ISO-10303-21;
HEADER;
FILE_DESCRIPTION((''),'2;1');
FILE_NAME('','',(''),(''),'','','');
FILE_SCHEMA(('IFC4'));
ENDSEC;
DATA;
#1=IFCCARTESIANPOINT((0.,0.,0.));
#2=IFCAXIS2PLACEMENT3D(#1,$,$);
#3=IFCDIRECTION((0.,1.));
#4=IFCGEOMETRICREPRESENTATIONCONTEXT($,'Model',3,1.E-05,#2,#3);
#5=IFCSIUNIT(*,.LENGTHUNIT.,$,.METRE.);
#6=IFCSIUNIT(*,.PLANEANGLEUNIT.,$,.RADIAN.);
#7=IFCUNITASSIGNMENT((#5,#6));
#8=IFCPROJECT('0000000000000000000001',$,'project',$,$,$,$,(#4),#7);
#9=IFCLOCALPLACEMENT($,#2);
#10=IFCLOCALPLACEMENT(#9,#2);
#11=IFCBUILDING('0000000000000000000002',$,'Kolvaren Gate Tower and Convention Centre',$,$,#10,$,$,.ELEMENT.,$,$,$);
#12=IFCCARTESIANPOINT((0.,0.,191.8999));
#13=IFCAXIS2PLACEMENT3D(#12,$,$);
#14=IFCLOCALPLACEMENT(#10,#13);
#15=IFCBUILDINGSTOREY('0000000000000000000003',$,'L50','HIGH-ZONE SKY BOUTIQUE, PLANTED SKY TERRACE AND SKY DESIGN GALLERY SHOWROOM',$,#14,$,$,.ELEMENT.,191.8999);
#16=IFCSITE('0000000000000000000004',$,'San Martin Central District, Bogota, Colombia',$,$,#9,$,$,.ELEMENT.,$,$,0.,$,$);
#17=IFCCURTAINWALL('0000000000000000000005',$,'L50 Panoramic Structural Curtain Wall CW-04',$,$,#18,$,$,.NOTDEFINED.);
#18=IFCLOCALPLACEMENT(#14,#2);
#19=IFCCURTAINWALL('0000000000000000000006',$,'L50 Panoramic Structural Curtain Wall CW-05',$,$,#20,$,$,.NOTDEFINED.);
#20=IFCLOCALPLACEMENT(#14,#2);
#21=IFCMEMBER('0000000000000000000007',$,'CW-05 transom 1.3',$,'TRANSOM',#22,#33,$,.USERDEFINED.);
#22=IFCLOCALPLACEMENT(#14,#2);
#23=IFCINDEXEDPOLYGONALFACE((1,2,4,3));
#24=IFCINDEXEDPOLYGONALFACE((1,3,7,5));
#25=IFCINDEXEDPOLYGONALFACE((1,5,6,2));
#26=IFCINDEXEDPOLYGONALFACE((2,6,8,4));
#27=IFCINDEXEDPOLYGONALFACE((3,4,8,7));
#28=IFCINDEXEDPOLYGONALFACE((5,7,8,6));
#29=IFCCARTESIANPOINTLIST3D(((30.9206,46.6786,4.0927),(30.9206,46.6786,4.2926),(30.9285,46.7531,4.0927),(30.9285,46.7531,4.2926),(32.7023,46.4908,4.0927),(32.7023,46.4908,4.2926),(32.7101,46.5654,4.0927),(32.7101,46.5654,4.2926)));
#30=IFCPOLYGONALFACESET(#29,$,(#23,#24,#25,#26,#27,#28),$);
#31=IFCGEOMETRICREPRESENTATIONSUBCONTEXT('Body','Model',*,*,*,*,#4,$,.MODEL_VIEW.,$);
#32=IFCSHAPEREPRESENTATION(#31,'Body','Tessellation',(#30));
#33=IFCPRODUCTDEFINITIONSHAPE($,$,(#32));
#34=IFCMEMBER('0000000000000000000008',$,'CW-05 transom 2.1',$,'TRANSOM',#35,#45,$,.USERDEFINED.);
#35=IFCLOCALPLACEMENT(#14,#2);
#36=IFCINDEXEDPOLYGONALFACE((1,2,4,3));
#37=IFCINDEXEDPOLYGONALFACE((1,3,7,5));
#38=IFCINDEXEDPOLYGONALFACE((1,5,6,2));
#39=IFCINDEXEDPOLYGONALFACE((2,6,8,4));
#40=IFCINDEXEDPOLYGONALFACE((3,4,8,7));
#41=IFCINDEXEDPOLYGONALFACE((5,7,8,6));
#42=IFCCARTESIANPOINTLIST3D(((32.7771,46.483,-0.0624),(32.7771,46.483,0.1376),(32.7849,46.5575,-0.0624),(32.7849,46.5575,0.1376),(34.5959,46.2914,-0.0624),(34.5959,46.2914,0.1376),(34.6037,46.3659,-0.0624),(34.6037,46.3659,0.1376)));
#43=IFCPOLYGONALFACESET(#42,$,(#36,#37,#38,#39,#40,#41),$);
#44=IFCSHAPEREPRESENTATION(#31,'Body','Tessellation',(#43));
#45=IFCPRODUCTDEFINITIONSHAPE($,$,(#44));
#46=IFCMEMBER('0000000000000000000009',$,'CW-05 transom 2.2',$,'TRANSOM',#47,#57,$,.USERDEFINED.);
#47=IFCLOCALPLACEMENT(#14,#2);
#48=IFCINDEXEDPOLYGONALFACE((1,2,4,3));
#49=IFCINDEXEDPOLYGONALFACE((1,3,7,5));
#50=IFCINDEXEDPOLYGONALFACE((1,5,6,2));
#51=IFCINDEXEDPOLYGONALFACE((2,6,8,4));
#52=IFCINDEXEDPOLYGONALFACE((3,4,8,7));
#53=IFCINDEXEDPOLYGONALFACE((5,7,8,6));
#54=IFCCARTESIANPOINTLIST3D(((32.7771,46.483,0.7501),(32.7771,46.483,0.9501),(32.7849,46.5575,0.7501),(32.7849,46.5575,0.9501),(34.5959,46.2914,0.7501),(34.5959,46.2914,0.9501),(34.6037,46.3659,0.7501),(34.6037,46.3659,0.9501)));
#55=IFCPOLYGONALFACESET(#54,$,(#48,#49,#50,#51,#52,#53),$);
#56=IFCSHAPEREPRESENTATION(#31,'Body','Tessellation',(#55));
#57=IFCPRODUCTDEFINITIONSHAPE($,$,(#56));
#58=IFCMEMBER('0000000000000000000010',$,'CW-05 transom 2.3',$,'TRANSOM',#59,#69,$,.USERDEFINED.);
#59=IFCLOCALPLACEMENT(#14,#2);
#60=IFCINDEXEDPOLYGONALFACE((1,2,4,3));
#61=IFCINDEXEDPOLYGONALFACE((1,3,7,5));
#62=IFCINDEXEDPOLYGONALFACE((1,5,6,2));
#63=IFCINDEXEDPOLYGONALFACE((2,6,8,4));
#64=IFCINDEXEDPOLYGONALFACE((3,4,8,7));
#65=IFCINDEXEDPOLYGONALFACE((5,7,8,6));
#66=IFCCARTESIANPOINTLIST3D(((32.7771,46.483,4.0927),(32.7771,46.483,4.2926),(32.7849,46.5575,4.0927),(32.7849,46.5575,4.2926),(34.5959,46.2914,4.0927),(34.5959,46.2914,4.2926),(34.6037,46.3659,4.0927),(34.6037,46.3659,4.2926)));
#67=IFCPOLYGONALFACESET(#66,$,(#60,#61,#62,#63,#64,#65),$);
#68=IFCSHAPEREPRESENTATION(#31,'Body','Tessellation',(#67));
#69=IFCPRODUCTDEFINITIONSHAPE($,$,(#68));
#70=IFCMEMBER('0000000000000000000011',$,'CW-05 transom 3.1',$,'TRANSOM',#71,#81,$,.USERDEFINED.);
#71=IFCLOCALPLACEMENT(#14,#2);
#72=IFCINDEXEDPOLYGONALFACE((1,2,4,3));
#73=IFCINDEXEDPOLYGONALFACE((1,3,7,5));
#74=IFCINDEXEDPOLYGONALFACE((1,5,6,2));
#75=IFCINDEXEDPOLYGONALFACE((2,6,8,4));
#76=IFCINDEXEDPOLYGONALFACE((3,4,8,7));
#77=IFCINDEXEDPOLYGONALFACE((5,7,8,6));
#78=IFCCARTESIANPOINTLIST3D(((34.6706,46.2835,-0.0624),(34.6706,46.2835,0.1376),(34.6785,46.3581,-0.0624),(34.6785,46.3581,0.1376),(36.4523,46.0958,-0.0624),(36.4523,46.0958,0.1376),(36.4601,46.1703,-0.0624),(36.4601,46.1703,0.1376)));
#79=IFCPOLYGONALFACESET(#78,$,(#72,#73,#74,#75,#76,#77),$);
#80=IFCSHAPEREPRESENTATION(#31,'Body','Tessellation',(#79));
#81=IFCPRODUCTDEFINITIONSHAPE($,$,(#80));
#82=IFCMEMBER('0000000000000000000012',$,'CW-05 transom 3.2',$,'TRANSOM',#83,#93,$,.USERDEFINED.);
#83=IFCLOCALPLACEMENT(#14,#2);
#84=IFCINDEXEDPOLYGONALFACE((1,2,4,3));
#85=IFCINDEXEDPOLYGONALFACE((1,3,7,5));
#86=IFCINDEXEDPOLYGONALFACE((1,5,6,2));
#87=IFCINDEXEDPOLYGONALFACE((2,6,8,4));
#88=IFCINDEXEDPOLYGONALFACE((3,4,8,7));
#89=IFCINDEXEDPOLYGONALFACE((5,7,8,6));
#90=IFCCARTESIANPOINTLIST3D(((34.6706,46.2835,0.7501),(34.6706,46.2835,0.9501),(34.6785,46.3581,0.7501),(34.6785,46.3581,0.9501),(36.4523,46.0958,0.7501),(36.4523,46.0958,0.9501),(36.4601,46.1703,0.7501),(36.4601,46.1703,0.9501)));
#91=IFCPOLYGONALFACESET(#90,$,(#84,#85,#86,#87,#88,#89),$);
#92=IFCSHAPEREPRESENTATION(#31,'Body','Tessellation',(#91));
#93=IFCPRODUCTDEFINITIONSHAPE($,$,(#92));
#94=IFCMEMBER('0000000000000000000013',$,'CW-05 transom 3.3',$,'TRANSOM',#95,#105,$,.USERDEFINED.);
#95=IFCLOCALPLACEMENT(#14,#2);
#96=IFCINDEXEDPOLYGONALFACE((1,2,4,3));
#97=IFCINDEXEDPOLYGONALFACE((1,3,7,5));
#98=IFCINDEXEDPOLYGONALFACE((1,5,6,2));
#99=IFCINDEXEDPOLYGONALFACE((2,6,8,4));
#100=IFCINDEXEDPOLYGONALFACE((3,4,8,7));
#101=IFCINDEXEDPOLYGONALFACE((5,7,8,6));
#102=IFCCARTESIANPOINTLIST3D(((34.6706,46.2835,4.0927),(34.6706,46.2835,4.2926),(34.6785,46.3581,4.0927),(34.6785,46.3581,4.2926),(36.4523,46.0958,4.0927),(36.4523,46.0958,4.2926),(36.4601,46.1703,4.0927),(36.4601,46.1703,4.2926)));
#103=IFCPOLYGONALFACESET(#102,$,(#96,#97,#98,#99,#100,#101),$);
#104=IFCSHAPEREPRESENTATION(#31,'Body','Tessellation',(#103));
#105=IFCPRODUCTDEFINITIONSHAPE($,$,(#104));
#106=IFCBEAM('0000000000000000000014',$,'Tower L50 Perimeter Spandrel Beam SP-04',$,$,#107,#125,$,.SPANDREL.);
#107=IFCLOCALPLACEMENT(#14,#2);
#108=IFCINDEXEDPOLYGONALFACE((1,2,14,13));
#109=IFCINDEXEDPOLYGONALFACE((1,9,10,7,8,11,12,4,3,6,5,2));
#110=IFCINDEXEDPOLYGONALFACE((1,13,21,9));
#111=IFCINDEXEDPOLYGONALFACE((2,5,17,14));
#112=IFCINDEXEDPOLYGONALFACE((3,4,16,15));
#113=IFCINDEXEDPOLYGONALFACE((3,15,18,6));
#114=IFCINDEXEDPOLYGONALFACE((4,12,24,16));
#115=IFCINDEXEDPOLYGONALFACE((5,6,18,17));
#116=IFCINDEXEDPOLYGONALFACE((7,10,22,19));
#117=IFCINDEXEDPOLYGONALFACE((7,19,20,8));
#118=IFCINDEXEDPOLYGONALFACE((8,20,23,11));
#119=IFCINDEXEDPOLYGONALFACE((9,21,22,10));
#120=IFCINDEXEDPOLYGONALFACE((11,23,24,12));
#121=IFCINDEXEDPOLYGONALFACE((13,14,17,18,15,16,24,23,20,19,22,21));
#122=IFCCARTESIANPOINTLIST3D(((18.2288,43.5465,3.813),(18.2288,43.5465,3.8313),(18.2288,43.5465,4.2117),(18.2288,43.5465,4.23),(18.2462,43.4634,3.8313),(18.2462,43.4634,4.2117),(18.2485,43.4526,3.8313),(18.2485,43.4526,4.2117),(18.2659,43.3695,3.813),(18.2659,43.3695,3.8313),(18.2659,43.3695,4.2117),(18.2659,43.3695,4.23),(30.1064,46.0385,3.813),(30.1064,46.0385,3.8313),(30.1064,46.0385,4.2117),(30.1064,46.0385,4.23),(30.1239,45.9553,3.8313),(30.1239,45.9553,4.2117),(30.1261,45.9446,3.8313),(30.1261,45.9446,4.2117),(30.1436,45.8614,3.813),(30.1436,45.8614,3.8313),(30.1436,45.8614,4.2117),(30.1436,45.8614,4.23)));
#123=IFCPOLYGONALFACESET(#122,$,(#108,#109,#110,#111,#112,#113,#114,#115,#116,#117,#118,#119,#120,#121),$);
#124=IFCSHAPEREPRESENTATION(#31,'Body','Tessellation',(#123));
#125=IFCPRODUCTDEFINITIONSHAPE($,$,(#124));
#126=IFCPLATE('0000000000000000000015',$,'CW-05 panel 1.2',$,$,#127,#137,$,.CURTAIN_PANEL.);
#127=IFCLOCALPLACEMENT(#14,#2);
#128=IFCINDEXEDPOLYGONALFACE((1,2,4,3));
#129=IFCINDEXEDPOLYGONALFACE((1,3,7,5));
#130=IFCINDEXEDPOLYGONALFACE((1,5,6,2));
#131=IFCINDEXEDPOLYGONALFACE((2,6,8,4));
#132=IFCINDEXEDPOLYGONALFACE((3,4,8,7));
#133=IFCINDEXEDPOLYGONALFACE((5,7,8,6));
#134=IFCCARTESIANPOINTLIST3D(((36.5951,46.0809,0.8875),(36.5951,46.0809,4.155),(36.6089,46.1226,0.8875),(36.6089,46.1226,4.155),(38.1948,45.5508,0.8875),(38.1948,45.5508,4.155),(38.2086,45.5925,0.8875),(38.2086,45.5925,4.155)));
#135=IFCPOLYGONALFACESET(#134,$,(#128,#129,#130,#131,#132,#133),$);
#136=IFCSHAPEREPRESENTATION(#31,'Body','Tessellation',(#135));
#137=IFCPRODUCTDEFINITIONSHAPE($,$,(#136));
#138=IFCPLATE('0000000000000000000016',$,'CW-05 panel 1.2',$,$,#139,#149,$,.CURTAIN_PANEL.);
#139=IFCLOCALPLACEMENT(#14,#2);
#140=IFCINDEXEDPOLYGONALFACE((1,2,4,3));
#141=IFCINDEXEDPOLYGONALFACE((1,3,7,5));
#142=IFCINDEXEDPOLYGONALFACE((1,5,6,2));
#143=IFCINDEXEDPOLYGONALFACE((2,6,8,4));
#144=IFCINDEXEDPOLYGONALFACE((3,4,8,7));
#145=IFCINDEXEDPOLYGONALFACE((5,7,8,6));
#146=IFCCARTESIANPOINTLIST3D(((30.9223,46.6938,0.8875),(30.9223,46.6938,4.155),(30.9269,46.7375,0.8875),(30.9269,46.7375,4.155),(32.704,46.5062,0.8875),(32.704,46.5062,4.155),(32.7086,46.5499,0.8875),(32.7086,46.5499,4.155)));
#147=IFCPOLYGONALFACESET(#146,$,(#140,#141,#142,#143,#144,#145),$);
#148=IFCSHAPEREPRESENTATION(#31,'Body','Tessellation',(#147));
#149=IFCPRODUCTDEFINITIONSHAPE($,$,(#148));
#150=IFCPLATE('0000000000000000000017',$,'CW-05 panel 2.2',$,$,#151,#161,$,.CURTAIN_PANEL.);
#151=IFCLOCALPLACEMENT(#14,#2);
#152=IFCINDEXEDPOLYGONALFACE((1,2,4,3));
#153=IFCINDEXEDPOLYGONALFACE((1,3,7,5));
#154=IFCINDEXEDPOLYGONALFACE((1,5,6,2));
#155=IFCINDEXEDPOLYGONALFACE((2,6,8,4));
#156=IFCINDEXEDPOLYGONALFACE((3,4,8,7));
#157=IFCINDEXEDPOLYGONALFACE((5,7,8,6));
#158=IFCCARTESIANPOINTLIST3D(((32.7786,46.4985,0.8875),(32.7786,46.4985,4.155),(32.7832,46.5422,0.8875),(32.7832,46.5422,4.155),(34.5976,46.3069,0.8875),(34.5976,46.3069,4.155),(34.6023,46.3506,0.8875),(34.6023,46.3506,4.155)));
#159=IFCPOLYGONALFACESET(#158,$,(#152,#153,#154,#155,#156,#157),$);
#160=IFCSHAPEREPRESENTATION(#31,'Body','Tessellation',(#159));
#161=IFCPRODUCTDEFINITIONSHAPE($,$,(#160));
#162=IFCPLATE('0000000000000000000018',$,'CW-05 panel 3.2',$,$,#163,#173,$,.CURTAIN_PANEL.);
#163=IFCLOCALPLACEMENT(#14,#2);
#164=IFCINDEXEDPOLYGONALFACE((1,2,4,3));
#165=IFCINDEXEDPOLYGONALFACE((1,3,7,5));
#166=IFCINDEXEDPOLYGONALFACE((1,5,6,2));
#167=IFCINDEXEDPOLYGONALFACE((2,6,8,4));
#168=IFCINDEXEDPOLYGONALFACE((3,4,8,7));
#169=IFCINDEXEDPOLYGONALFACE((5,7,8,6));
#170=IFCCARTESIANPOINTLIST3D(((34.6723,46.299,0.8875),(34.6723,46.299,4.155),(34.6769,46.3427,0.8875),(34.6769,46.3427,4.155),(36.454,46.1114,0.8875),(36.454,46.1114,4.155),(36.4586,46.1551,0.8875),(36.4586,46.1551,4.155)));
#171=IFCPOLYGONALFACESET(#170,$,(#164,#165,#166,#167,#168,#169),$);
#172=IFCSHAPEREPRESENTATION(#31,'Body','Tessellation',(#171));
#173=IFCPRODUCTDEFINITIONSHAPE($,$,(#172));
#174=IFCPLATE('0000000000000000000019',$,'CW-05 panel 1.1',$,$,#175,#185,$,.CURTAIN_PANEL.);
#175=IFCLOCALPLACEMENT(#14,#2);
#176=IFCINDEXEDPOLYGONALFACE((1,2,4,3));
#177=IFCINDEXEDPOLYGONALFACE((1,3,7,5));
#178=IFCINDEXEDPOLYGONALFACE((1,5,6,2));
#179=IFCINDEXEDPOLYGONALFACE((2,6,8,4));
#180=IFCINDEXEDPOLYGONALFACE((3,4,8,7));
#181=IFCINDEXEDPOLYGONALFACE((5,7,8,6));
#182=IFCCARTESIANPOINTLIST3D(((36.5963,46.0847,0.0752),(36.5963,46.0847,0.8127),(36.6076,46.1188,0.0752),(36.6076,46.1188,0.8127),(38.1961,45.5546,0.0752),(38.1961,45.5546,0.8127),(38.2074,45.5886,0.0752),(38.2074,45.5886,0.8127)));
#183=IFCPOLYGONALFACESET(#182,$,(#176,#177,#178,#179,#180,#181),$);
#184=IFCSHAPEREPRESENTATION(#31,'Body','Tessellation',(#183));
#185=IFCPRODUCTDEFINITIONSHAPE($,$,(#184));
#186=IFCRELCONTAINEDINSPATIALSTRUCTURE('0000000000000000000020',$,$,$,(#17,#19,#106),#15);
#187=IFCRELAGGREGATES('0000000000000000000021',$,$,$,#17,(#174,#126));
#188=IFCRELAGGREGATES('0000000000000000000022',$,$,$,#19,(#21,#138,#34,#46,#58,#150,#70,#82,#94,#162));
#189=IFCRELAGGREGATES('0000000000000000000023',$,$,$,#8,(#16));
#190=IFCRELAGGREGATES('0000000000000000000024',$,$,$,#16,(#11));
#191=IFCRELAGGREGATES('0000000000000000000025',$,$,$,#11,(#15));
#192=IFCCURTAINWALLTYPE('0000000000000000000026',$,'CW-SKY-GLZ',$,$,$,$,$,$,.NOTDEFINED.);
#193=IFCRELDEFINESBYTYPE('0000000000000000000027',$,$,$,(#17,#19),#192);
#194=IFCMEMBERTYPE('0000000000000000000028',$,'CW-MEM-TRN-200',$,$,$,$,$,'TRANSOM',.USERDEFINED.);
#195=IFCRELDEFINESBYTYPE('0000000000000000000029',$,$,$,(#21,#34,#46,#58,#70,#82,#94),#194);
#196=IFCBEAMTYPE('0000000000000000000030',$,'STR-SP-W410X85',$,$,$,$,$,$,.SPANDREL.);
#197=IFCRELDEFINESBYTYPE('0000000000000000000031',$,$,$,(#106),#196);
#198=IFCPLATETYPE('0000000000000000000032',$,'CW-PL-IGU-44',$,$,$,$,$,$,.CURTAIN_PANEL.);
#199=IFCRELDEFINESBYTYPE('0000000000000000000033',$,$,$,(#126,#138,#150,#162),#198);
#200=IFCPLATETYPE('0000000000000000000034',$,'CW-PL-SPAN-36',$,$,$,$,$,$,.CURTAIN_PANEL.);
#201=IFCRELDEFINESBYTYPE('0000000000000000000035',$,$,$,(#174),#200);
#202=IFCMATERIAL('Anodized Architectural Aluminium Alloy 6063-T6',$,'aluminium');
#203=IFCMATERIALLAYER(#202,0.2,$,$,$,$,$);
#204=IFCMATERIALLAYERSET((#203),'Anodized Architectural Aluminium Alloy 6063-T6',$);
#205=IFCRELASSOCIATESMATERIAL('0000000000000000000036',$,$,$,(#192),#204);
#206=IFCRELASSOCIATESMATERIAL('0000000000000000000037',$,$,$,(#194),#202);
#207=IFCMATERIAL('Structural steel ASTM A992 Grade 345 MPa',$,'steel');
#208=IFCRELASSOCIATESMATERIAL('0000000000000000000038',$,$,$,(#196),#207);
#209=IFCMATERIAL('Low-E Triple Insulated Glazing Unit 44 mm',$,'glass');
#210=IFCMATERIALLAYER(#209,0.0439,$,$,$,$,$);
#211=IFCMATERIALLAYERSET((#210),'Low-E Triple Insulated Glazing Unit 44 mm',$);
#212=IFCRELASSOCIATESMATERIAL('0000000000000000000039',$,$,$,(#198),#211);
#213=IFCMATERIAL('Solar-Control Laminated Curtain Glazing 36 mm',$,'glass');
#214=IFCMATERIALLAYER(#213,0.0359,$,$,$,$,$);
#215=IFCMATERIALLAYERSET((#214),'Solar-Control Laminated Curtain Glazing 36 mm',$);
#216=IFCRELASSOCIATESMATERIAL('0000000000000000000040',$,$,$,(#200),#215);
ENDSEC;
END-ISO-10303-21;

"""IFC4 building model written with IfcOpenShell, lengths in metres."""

from ifc_helpers import new_model, si_unit, direction, frame, origin, origin_2d, place, context, subcontext, project, spatial, rectangle, i_section, extrude, material, layer, layer_set, material_profile, profile_set, type_object, element, aggregate, save


model = new_model("IFC4")

# Units and contexts
model_context = context("Model", 3, precision=1e-05, world=origin(), true_north=direction((0.0, 1.0)))
body_context = subcontext(model_context, "Body", "Model", "MODEL_VIEW")
ifc_project = project(units=[si_unit("LENGTHUNIT", "METRE"), si_unit("PLANEANGLEUNIT", "RADIAN")], contexts=[model_context])

# Site, building, storey
site_placement = place(None, origin())
site = spatial("IfcSite", under=ifc_project, at=site_placement, Name="San Martin Central District, Bogota, Colombia", CompositionType="ELEMENT", RefElevation=0.0)
building_placement = place(site_placement, origin())
building = spatial("IfcBuilding", under=site, at=building_placement, Name="Kolvaren Gate Tower and Convention Centre", CompositionType="ELEMENT")
storey_placement = place(building_placement, frame((0.0, 0.0, 191.8999)))
storey = spatial("IfcBuildingStorey", under=building, at=storey_placement, Name="L50", Description="HIGH-ZONE SKY BOUTIQUE, PLANTED SKY TERRACE AND SKY DESIGN GALLERY SHOWROOM", CompositionType="ELEMENT", Elevation=191.8999)

# Curtain walls
ifc_material_1 = material(Name="Anodized Architectural Aluminium Alloy 6063-T6", Category="aluminium")
ifc_layer_1 = layer(ifc_material_1, 0.2)
ifc_layer_set_1 = layer_set([ifc_layer_1], Name="Anodized Architectural Aluminium Alloy 6063-T6")
curtain_wall_type = type_object("IfcCurtainWallType", Name="CW-SKY-GLZ", PredefinedType="NOTDEFINED", material=ifc_layer_set_1)
curtain_wall_1_placement = place(storey_placement, origin())
curtain_wall_1 = element("IfcCurtainWall", 1, at=curtain_wall_1_placement, inside=storey, type_object=curtain_wall_type, Name="L50 Panoramic Structural Curtain Wall CW-04", PredefinedType="NOTDEFINED")
curtain_wall_2_placement = place(storey_placement, origin())
curtain_wall_2 = element("IfcCurtainWall", 2, at=curtain_wall_2_placement, inside=storey, type_object=curtain_wall_type, Name="L50 Panoramic Structural Curtain Wall CW-05", PredefinedType="NOTDEFINED")

# Members
ifc_material_profile_1 = material_profile(ifc_material_1, rectangle(XDim=0.075, YDim=0.2, at=origin_2d()), Name="CW-MEM-TRN-200")
ifc_profile_set_1 = profile_set([ifc_material_profile_1], Name="Anodized Architectural Aluminium Alloy 6063-T6")
member_type_1 = type_object("IfcMemberType", Name="CW-MEM-TRN-200", ElementType="TRANSOM", PredefinedType="USERDEFINED", material=ifc_profile_set_1)
member_1_placement = place(storey_placement, frame((30.9246, 46.7158, 4.1926), z_axis=(0.994494, -0.104791, 0.0), x_axis=(0.104791, 0.994494, 0.0)))
member_1 = element("IfcMember", 3, at=member_1_placement, type_object=member_type_1, Name="CW-05 transom 1.3", ObjectType="TRANSOM", PredefinedType="USERDEFINED", context=body_context, shape_type="SweptSolid", body=[
    extrude(rectangle(XDim=0.075, YDim=0.2, at=origin_2d()), origin(), (0.0, 0.0, 1.0), 1.7915),
])
member_2_placement = place(storey_placement, frame((32.781, 46.5203, 0.0376), z_axis=(0.994494, -0.104789, 0.0), x_axis=(0.104789, 0.994494, 0.0)))
member_2 = element("IfcMember", 4, at=member_2_placement, type_object=member_type_1, Name="CW-05 transom 2.1", ObjectType="TRANSOM", PredefinedType="USERDEFINED", context=body_context, shape_type="SweptSolid", body=[
    extrude(rectangle(XDim=0.075, YDim=0.2, at=origin_2d()), origin(), (0.0, 0.0, 1.0), 1.8289),
])
member_3_placement = place(storey_placement, frame((32.781, 46.5203, 0.8501), z_axis=(0.994494, -0.104789, 0.0), x_axis=(0.104789, 0.994494, 0.0)))
member_3 = element("IfcMember", 5, at=member_3_placement, type_object=member_type_1, Name="CW-05 transom 2.2", ObjectType="TRANSOM", PredefinedType="USERDEFINED", context=body_context, shape_type="SweptSolid", body=[
    extrude(rectangle(XDim=0.075, YDim=0.2, at=origin_2d()), origin(), (0.0, 0.0, 1.0), 1.8289),
])
member_4_placement = place(storey_placement, frame((32.781, 46.5203, 4.1926), z_axis=(0.994494, -0.104789, 0.0), x_axis=(0.104789, 0.994494, 0.0)))
member_4 = element("IfcMember", 6, at=member_4_placement, type_object=member_type_1, Name="CW-05 transom 2.3", ObjectType="TRANSOM", PredefinedType="USERDEFINED", context=body_context, shape_type="SweptSolid", body=[
    extrude(rectangle(XDim=0.075, YDim=0.2, at=origin_2d()), origin(), (0.0, 0.0, 1.0), 1.8289),
])
member_5_placement = place(storey_placement, frame((34.6746, 46.3208, 0.0376), z_axis=(0.994494, -0.104791, 0.0), x_axis=(0.104791, 0.994494, 0.0)))
member_5 = element("IfcMember", 7, at=member_5_placement, type_object=member_type_1, Name="CW-05 transom 3.1", ObjectType="TRANSOM", PredefinedType="USERDEFINED", context=body_context, shape_type="SweptSolid", body=[
    extrude(rectangle(XDim=0.075, YDim=0.2, at=origin_2d()), origin(), (0.0, 0.0, 1.0), 1.7915),
])
member_6_placement = place(storey_placement, frame((34.6746, 46.3208, 0.8501), z_axis=(0.994494, -0.104791, 0.0), x_axis=(0.104791, 0.994494, 0.0)))
member_6 = element("IfcMember", 8, at=member_6_placement, type_object=member_type_1, Name="CW-05 transom 3.2", ObjectType="TRANSOM", PredefinedType="USERDEFINED", context=body_context, shape_type="SweptSolid", body=[
    extrude(rectangle(XDim=0.075, YDim=0.2, at=origin_2d()), origin(), (0.0, 0.0, 1.0), 1.7915),
])
member_7_placement = place(storey_placement, frame((34.6746, 46.3208, 4.1926), z_axis=(0.994494, -0.104791, 0.0), x_axis=(0.104791, 0.994494, 0.0)))
member_7 = element("IfcMember", 9, at=member_7_placement, type_object=member_type_1, Name="CW-05 transom 3.3", ObjectType="TRANSOM", PredefinedType="USERDEFINED", context=body_context, shape_type="SweptSolid", body=[
    extrude(rectangle(XDim=0.075, YDim=0.2, at=origin_2d()), origin(), (0.0, 0.0, 1.0), 1.7915),
])

# Beam
ifc_material_2 = material(Name="Structural steel ASTM A992 Grade 345 MPa", Category="steel")
ifc_material_profile_2 = material_profile(ifc_material_2, i_section(OverallWidth=0.1809, OverallDepth=0.417, WebThickness=0.011, FlangeThickness=0.0183, at=origin_2d()), Name="W410X85")
ifc_profile_set_2 = profile_set([ifc_material_profile_2], Name="Structural steel ASTM A992 Grade 345 MPa")
beam_type = type_object("IfcBeamType", Name="STR-SP-W410X85", PredefinedType="SPANDREL", material=ifc_profile_set_2)
beam_placement = place(storey_placement, frame((30.125, 45.95, 4.0215), z_axis=(-0.978693, -0.20533, 0.0), x_axis=(0.20533, -0.978693, 0.0)))
element("IfcBeam", 10, at=beam_placement, inside=storey, type_object=beam_type, Name="Tower L50 Perimeter Spandrel Beam SP-04", PredefinedType="SPANDREL", context=body_context, shape_type="SweptSolid", body=[
    extrude(i_section(OverallWidth=0.1809, OverallDepth=0.417, WebThickness=0.011, FlangeThickness=0.0183, at=origin_2d()), origin(), (0.0, 0.0, 1.0), 12.1362),
])

# Plates
ifc_material_3 = material(Name="Low-E Triple Insulated Glazing Unit 44 mm", Category="glass")
ifc_layer_2 = layer(ifc_material_3, 0.0439)
ifc_layer_set_2 = layer_set([ifc_layer_2], Name="Low-E Triple Insulated Glazing Unit 44 mm")
plate_type_1 = type_object("IfcPlateType", Name="CW-PL-IGU-44", PredefinedType="CURTAIN_PANEL", material=ifc_layer_set_2)
plate_1_placement = place(storey_placement, frame((37.4019, 45.8367, 0.8875), z_axis=(0.0, 0.0, 1.0), x_axis=(0.94924, -0.314553, 0.0)))
plate_1 = element("IfcPlate", 11, at=plate_1_placement, type_object=plate_type_1, Name="CW-05 panel 1.2", PredefinedType="CURTAIN_PANEL", context=body_context, shape_type="SweptSolid", body=[
    extrude(rectangle(XDim=1.6853, YDim=0.0439, at=origin_2d()), origin(), (0.0, 0.0, 1.0), 3.2676),
])
plate_2_placement = place(storey_placement, frame((31.8154, 46.6218, 0.8875), z_axis=(0.0, 0.0, 1.0), x_axis=(0.9945, -0.10474, 0.0)))
plate_2 = element("IfcPlate", 12, at=plate_2_placement, type_object=plate_type_1, Name="CW-05 panel 1.2", PredefinedType="CURTAIN_PANEL", context=body_context, shape_type="SweptSolid", body=[
    extrude(rectangle(XDim=1.7915, YDim=0.0439, at=origin_2d()), origin(), (0.0, 0.0, 1.0), 3.2676),
])
plate_3_placement = place(storey_placement, frame((33.6904, 46.4246, 0.8875), z_axis=(0.0, 0.0, 1.0), x_axis=(0.9945, -0.10474, 0.0)))
plate_3 = element("IfcPlate", 13, at=plate_3_placement, type_object=plate_type_1, Name="CW-05 panel 2.2", PredefinedType="CURTAIN_PANEL", context=body_context, shape_type="SweptSolid", body=[
    extrude(rectangle(XDim=1.8291, YDim=0.0439, at=origin_2d()), origin(), (0.0, 0.0, 1.0), 3.2676),
])
plate_4_placement = place(storey_placement, frame((35.5654, 46.2271, 0.8875), z_axis=(0.0, 0.0, 1.0), x_axis=(0.9945, -0.10474, 0.0)))
plate_4 = element("IfcPlate", 14, at=plate_4_placement, type_object=plate_type_1, Name="CW-05 panel 3.2", PredefinedType="CURTAIN_PANEL", context=body_context, shape_type="SweptSolid", body=[
    extrude(rectangle(XDim=1.7915, YDim=0.0439, at=origin_2d()), origin(), (0.0, 0.0, 1.0), 3.2676),
])
ifc_material_4 = material(Name="Solar-Control Laminated Curtain Glazing 36 mm", Category="glass")
ifc_layer_3 = layer(ifc_material_4, 0.0359)
ifc_layer_set_3 = layer_set([ifc_layer_3], Name="Solar-Control Laminated Curtain Glazing 36 mm")
plate_type_2 = type_object("IfcPlateType", Name="CW-PL-SPAN-36", PredefinedType="CURTAIN_PANEL", material=ifc_layer_set_3)
plate_5_placement = place(storey_placement, frame((37.4019, 45.8367, 0.0752), z_axis=(0.0, 0.0, 1.0), x_axis=(0.94924, -0.314553, 0.0)))
plate_5 = element("IfcPlate", 15, at=plate_5_placement, type_object=plate_type_2, Name="CW-05 panel 1.1", PredefinedType="CURTAIN_PANEL", context=body_context, shape_type="SweptSolid", body=[
    extrude(rectangle(XDim=1.6853, YDim=0.0359, at=origin_2d()), origin(), (0.0, 0.0, 1.0), 0.7375),
])
aggregate(curtain_wall_1, [plate_5, plate_1])
aggregate(curtain_wall_2, [member_1, plate_2, member_2, member_3, member_4, plate_3, member_5, member_6, member_7, plate_4])

save(model, "model.ifc")
